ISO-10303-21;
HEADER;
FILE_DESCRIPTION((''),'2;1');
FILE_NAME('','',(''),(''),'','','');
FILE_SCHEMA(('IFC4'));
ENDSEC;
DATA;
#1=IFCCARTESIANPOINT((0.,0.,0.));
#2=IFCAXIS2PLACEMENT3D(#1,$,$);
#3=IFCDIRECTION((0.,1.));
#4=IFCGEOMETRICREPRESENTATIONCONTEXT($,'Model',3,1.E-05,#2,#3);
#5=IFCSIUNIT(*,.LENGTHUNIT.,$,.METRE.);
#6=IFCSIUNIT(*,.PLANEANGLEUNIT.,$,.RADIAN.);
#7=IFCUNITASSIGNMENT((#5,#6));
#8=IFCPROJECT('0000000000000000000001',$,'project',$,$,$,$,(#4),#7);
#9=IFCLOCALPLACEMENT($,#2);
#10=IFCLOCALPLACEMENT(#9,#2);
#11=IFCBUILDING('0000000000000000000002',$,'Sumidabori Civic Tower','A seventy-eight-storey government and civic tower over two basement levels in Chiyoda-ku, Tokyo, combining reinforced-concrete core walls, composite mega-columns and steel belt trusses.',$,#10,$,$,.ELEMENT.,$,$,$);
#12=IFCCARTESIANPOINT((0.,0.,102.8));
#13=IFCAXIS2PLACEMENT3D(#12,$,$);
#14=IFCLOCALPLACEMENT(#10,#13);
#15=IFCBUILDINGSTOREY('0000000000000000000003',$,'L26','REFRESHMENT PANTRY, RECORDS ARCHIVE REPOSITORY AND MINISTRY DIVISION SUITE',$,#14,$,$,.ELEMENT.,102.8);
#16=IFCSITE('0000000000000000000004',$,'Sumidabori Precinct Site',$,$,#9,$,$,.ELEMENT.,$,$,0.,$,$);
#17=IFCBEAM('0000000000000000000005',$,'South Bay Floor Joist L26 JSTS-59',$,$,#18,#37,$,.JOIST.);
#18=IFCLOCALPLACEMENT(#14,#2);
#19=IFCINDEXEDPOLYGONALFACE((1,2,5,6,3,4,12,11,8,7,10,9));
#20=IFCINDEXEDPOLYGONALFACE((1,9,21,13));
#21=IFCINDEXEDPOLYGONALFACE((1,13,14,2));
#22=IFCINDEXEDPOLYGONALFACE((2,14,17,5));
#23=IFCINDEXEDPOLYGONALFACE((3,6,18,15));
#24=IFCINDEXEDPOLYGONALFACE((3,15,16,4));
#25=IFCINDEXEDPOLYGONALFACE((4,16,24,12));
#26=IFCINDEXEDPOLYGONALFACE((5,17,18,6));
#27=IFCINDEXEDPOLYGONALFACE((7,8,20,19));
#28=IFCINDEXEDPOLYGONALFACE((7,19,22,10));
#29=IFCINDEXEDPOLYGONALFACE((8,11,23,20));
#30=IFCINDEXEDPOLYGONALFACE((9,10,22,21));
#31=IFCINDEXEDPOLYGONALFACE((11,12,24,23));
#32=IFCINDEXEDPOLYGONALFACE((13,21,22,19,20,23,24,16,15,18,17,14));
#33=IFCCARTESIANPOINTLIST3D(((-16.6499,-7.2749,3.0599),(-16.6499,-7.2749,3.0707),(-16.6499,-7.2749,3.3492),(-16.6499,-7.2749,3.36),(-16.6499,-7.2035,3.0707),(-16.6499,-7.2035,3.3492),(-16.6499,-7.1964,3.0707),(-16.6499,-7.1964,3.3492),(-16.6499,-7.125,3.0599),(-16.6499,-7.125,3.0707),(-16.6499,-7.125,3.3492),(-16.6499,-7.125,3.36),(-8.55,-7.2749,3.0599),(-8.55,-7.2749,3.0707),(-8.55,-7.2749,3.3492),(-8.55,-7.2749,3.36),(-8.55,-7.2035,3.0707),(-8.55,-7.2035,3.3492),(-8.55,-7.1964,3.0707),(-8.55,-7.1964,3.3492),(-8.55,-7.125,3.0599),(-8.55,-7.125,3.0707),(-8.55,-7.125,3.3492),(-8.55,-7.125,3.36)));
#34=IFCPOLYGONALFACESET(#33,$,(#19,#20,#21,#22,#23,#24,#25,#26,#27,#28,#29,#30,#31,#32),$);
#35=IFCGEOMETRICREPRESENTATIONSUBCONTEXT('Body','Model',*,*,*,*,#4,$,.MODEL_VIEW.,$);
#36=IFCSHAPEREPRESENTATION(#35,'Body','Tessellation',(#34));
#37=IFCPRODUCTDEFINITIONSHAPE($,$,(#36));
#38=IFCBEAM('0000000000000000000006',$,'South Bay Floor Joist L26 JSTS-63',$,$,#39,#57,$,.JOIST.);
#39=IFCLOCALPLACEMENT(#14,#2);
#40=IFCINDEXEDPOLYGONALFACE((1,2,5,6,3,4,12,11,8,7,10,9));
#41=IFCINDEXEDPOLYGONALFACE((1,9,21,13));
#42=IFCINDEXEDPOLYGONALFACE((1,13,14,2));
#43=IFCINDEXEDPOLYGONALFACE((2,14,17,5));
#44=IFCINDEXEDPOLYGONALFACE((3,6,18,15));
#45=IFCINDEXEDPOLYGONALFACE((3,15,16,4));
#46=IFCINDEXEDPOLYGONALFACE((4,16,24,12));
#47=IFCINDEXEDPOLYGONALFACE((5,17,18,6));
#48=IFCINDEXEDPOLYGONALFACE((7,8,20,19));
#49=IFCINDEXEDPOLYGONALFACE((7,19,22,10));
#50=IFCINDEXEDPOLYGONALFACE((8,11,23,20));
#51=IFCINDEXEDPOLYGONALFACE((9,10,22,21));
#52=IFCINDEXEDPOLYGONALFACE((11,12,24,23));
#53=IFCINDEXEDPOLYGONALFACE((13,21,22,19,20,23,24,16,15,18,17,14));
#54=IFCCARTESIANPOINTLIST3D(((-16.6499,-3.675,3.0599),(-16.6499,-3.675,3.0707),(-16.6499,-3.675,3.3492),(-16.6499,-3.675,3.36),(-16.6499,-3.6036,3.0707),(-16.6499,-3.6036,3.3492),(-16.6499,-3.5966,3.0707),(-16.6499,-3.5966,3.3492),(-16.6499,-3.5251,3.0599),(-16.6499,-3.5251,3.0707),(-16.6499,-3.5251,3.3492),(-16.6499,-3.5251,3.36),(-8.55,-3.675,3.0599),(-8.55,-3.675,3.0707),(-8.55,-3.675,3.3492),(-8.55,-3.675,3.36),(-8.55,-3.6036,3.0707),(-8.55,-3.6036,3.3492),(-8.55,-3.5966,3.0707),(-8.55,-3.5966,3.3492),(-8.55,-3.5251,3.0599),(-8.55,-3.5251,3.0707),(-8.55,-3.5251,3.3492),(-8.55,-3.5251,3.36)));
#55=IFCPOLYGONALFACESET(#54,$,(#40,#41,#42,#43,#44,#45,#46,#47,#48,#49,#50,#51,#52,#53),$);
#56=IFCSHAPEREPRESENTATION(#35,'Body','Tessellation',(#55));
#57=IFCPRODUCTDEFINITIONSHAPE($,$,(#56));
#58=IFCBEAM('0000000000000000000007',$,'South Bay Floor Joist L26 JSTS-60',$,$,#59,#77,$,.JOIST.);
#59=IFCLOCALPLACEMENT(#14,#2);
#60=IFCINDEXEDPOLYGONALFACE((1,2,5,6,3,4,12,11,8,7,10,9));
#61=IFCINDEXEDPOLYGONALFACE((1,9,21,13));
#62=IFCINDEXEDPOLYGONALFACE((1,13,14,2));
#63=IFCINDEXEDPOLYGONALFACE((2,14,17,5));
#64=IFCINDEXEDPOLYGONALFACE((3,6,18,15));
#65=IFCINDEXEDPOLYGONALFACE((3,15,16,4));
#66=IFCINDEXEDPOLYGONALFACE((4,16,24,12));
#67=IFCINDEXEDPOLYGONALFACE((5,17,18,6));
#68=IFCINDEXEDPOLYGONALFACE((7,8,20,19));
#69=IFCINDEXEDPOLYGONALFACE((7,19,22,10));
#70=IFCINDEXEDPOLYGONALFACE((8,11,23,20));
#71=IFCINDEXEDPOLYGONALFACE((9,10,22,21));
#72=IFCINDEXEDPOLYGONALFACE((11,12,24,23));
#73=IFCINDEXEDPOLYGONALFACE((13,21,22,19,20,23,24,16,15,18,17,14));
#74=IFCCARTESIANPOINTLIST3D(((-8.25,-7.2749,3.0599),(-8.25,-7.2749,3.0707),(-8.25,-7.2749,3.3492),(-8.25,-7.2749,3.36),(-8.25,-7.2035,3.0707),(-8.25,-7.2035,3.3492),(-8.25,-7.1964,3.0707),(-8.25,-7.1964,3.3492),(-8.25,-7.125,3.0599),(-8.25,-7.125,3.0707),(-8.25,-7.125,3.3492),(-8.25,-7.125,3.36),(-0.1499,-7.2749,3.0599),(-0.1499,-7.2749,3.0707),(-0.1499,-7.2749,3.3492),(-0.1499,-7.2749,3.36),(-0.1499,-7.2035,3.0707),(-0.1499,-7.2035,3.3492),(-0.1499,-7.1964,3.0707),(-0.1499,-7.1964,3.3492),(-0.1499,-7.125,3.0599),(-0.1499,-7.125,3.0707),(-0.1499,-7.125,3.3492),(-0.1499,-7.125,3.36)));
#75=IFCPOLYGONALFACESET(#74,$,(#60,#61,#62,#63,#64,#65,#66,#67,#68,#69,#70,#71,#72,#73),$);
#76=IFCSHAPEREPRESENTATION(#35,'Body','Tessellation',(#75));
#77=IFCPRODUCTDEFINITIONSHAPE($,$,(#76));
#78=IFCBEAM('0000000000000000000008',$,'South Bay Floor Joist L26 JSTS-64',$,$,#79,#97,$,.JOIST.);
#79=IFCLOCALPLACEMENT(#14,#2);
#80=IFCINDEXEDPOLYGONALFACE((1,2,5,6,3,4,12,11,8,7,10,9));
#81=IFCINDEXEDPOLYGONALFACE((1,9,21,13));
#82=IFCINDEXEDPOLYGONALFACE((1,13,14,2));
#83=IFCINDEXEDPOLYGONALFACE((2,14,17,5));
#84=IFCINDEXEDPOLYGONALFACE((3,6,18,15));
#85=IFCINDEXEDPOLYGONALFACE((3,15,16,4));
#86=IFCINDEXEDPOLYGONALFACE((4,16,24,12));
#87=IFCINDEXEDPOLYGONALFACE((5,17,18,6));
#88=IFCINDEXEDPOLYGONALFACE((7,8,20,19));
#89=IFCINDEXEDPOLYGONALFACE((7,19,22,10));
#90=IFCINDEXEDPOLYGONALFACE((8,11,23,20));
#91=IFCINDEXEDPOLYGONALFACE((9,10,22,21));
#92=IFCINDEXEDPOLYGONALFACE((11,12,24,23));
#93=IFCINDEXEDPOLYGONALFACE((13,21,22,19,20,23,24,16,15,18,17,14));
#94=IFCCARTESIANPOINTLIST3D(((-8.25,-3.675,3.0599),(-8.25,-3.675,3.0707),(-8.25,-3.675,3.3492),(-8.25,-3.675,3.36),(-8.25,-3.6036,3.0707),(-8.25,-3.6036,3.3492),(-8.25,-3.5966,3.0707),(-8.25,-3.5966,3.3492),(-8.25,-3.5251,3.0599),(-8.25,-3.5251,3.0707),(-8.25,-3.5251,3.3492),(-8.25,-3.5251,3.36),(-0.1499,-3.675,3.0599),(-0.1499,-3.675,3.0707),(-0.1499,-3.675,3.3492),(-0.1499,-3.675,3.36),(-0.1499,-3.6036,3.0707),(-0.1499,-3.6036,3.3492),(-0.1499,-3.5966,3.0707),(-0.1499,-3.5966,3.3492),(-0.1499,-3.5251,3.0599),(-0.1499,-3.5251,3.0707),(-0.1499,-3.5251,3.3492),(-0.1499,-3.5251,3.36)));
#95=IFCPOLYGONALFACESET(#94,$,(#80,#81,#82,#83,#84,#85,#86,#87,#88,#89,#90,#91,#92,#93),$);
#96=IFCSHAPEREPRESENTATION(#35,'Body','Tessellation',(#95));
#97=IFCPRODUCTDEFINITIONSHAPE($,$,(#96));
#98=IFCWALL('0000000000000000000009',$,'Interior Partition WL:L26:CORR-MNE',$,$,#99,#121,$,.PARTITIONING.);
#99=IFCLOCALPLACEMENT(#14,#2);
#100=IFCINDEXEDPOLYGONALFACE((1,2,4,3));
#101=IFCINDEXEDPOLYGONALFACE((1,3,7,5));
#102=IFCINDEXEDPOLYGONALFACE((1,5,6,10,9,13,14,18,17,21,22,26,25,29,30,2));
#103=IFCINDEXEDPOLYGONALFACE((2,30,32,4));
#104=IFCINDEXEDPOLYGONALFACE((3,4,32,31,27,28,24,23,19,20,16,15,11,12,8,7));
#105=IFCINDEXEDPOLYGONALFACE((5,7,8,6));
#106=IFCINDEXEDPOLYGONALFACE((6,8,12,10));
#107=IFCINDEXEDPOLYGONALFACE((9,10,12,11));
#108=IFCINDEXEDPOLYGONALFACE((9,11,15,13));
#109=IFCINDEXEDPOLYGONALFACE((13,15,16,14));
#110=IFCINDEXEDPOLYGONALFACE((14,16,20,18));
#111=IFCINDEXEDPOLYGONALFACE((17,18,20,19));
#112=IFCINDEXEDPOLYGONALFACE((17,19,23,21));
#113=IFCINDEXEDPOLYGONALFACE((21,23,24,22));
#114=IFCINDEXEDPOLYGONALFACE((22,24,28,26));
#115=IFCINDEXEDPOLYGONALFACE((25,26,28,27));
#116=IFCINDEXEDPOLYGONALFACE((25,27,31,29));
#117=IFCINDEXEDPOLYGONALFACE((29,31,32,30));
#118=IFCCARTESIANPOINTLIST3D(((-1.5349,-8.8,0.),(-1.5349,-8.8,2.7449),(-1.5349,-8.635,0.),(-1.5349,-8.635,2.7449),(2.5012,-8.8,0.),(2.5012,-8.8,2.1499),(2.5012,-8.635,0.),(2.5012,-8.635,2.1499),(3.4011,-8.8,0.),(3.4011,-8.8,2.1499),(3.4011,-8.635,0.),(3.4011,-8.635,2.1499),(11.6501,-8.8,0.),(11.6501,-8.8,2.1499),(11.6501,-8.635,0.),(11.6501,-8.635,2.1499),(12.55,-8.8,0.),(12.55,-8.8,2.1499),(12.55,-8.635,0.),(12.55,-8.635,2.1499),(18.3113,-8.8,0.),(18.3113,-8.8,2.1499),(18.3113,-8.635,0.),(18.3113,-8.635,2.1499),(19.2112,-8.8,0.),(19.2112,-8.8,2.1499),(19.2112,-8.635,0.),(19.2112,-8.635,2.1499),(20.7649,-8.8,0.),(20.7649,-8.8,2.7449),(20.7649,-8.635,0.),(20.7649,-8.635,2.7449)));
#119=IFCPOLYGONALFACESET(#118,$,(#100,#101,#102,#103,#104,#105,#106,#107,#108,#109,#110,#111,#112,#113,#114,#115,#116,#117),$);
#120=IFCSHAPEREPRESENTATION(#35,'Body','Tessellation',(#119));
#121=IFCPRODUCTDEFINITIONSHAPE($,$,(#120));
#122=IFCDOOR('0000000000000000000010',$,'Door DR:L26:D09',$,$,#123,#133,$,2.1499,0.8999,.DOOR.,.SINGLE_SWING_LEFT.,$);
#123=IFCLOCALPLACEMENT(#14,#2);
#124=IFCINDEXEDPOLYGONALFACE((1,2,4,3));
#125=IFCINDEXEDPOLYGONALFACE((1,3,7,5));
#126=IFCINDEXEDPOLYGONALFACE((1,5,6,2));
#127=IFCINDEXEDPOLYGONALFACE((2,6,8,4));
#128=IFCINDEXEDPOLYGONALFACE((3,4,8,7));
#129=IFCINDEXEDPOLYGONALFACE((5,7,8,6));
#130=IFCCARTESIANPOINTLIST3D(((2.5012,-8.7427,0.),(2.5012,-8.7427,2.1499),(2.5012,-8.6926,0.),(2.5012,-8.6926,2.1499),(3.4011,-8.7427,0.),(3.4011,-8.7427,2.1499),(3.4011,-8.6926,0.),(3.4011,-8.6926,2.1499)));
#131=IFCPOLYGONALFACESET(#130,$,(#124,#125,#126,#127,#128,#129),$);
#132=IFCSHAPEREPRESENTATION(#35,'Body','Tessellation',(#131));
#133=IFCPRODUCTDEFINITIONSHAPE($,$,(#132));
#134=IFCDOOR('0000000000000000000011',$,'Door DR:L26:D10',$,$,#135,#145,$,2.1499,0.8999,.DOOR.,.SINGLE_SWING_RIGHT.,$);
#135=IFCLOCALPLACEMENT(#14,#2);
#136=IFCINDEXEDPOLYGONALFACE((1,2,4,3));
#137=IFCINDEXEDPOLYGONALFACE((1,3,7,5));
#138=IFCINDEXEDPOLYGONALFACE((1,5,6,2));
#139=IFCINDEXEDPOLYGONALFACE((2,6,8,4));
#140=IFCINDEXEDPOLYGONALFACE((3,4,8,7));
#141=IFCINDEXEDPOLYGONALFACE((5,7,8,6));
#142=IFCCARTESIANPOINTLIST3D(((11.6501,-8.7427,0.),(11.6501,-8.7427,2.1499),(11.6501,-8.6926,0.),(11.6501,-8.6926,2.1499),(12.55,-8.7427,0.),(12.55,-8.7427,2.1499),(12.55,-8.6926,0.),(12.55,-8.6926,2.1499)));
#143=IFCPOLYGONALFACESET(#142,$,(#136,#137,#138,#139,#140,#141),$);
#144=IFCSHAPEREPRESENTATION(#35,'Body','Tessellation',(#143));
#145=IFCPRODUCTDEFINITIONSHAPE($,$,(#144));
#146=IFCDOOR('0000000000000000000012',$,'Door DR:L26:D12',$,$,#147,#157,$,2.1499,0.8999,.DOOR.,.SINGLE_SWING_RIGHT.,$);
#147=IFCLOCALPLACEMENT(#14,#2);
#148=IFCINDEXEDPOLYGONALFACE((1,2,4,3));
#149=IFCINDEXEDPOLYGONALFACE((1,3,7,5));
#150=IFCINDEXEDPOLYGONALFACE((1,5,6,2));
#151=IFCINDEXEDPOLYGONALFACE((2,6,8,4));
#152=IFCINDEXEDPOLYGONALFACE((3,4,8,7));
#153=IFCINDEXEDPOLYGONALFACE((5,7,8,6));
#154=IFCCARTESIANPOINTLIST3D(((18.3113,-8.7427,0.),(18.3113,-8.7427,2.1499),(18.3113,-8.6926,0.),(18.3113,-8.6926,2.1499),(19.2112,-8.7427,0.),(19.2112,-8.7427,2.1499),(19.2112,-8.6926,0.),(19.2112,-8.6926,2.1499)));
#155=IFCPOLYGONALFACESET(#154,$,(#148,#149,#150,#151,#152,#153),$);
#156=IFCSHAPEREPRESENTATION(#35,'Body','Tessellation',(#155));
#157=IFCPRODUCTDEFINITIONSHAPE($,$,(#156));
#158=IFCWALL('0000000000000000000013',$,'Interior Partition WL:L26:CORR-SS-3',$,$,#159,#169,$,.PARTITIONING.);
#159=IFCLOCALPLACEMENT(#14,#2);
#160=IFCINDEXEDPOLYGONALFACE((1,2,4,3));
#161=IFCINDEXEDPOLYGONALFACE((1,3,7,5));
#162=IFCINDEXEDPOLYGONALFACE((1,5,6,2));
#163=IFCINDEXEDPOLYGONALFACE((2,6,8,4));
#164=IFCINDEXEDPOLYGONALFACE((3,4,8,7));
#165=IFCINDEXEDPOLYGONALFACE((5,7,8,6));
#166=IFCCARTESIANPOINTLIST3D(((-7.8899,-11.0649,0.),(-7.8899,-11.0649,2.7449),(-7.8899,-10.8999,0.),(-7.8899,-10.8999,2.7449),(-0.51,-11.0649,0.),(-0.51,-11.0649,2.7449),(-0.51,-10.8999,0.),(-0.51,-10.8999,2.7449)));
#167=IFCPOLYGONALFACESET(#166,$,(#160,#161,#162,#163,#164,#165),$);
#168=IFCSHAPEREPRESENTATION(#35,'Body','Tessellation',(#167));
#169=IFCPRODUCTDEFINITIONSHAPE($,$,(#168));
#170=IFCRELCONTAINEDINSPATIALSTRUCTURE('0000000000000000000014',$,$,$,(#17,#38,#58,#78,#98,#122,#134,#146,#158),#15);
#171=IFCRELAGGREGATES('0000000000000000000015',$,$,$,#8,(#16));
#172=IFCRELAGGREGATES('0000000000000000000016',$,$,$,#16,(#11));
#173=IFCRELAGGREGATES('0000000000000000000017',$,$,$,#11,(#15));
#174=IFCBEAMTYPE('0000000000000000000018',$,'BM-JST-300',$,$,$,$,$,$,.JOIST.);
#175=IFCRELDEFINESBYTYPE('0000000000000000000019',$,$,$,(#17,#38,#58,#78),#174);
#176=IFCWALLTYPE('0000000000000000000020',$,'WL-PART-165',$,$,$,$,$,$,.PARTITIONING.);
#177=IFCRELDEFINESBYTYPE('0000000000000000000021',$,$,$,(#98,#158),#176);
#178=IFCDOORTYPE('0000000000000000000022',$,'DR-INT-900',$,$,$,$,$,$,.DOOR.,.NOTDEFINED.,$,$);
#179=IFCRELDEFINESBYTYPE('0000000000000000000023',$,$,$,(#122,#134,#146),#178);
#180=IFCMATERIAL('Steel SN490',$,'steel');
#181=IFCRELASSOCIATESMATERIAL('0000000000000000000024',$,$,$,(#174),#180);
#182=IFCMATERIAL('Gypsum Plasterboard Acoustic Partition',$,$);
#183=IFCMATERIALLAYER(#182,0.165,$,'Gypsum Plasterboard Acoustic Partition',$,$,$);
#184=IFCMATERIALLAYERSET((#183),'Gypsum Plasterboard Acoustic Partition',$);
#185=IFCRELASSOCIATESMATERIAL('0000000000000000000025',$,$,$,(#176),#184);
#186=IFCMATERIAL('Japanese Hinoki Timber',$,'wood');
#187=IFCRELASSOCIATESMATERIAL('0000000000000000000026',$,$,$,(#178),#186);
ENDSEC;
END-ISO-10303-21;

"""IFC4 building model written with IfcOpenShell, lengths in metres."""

from ifc_helpers import new_model, si_unit, direction, frame, frame_2d, origin, origin_2d, place, context, subcontext, project, spatial, rectangle, i_section, extrude, source, transform, mapped, material, layer, layer_set, material_profile, profile_set, type_object, element, fill, save


model = new_model("IFC4")

# Units and contexts
model_context = context("Model", 3, precision=1e-05, world=origin(), true_north=direction((0.0, 1.0)))
body_context = subcontext(model_context, "Body", "Model", "MODEL_VIEW")
ifc_project = project(units=[si_unit("LENGTHUNIT", "METRE"), si_unit("PLANEANGLEUNIT", "RADIAN")], contexts=[model_context])

# Site, building, storey
site_placement = place(None, origin())
site = spatial("IfcSite", under=ifc_project, at=site_placement, Name="Sumidabori Precinct Site", CompositionType="ELEMENT", RefElevation=0.0)
building_placement = place(site_placement, origin())
building = spatial("IfcBuilding", under=site, at=building_placement, Name="Sumidabori Civic Tower", Description="A seventy-eight-storey government and civic tower over two basement levels in Chiyoda-ku, Tokyo, combining reinforced-concrete core walls, composite mega-columns and steel belt trusses.", CompositionType="ELEMENT")
storey_placement = place(building_placement, frame((0.0, 0.0, 102.8)))
storey = spatial("IfcBuildingStorey", under=building, at=storey_placement, Name="L26", Description="REFRESHMENT PANTRY, RECORDS ARCHIVE REPOSITORY AND MINISTRY DIVISION SUITE", CompositionType="ELEMENT", Elevation=102.8)

# Beams
ifc_material_1 = material(Name="Steel SN490", Category="steel")
ifc_material_profile_1 = material_profile(ifc_material_1, i_section(OverallWidth=0.1499, OverallDepth=0.3, WebThickness=0.0071, FlangeThickness=0.0107, at=origin_2d()), Name="IPE 300")
ifc_profile_set_1 = profile_set([ifc_material_profile_1], Name="Steel SN490")
beam_type_1 = type_object("IfcBeamType", Name="BM-JST-300", PredefinedType="JOIST", material=ifc_profile_set_1)
shared_shape_1 = source(origin(), body_context, "Body", "SweptSolid", [
    extrude(i_section(OverallWidth=0.1499, OverallDepth=0.3, WebThickness=0.0071, FlangeThickness=0.0107, at=origin_2d()), origin(), (0.0, 0.0, 1.0), 8.0999),
])
for number, where, z_axis, x_axis, name in (
    (1, (-16.6499, -7.2, 3.21), (1.0, 0.0, 0.0), (0.0, 1.0, 0.0), "South Bay Floor Joist L26 JSTS-59"),
    (2, (-16.6499, -3.6001, 3.21), (1.0, 0.0, 0.0), (0.0, 1.0, 0.0), "South Bay Floor Joist L26 JSTS-63"),
):
    element("IfcBeam", number, at=place(storey_placement, frame(where, z_axis=z_axis, x_axis=x_axis)), inside=storey, type_object=beam_type_1, Name=name, PredefinedType="JOIST", context=body_context, shape_type="MappedRepresentation", body=[
        mapped(shared_shape_1, transform((0.0, 0.0, 0.0), x_axis=(1.0, 0.0, 0.0), y_axis=(0.0, 1.0, 0.0), z_axis=(0.0, 0.0, 1.0), scale=1.0)),
    ])
shared_shape_2 = source(origin(), body_context, "Body", "SweptSolid", [
    extrude(i_section(OverallWidth=0.1499, OverallDepth=0.3, WebThickness=0.0071, FlangeThickness=0.0107, at=origin_2d()), origin(), (0.0, 0.0, 1.0), 8.1001),
])
for number, where, z_axis, x_axis, name in (
    (3, (-8.25, -7.2, 3.21), (1.0, 0.0, 0.0), (0.0, 1.0, 0.0), "South Bay Floor Joist L26 JSTS-60"),
    (4, (-8.25, -3.6001, 3.21), (1.0, 0.0, 0.0), (0.0, 1.0, 0.0), "South Bay Floor Joist L26 JSTS-64"),
):
    element("IfcBeam", number, at=place(storey_placement, frame(where, z_axis=z_axis, x_axis=x_axis)), inside=storey, type_object=beam_type_1, Name=name, PredefinedType="JOIST", context=body_context, shape_type="MappedRepresentation", body=[
        mapped(shared_shape_2, transform((0.0, 0.0, 0.0), x_axis=(1.0, 0.0, 0.0), y_axis=(0.0, 1.0, 0.0), z_axis=(0.0, 0.0, 1.0), scale=1.0)),
    ])

# Wall, openings, doors
ifc_material_2 = material(Name="Gypsum Plasterboard Acoustic Partition")
ifc_layer = layer(ifc_material_2, 0.165, Name="Gypsum Plasterboard Acoustic Partition")
ifc_layer_set = layer_set([ifc_layer], Name="Gypsum Plasterboard Acoustic Partition")
wall_type = type_object("IfcWallType", Name="WL-PART-165", PredefinedType="PARTITIONING", material=ifc_layer_set)
shared_shape_3 = source(origin(), body_context, "Body", "SweptSolid", [
    extrude(rectangle(XDim=22.2998, YDim=0.165, at=frame_2d((11.1499, 0.0))), origin(), (0.0, 0.0, 1.0), 2.7449),
])
wall_1_placement = place(storey_placement, frame((-1.5349, -8.7175, 0.0), z_axis=(0.0, 0.0, 1.0), x_axis=(1.0, 0.0, 0.0)))
wall_1 = element("IfcWall", 5, at=wall_1_placement, inside=storey, type_object=wall_type, Name="Interior Partition WL:L26:CORR-MNE", PredefinedType="PARTITIONING", context=body_context, shape_type="MappedRepresentation", body=[
    mapped(shared_shape_3, transform((0.0, 0.0, 0.0), x_axis=(1.0, 0.0, 0.0), y_axis=(0.0, 1.0, 0.0), z_axis=(0.0, 0.0, 1.0), scale=1.0)),
])
opening_1_placement = place(wall_1_placement, frame((4.0361, 0.0, 0.0)))
opening_1 = element("IfcOpeningElement", 6, at=opening_1_placement, cuts=wall_1, PredefinedType="OPENING", context=body_context, shape_type="SweptSolid", body=[
    extrude(rectangle(XDim=0.8999, YDim=2.1499, at=frame_2d((0.45, 1.075))), frame((0.0, 0.0945, 0.0), z_axis=(0.0, -1.0, 0.0), x_axis=(1.0, 0.0, 0.0)), (0.0, 0.0, 1.0), 0.189),
])
opening_2_placement = place(wall_1_placement, frame((13.1851, 0.0, 0.0)))
opening_2 = element("IfcOpeningElement", 7, at=opening_2_placement, cuts=wall_1, PredefinedType="OPENING", context=body_context, shape_type="SweptSolid", body=[
    extrude(rectangle(XDim=0.8999, YDim=2.1499, at=frame_2d((0.45, 1.075))), frame((0.0, 0.0945, 0.0), z_axis=(0.0, -1.0, 0.0), x_axis=(1.0, 0.0, 0.0)), (0.0, 0.0, 1.0), 0.189),
])
opening_3_placement = place(wall_1_placement, frame((19.8462, 0.0, 0.0)))
opening_3 = element("IfcOpeningElement", 8, at=opening_3_placement, cuts=wall_1, PredefinedType="OPENING", context=body_context, shape_type="SweptSolid", body=[
    extrude(rectangle(XDim=0.8999, YDim=2.1499, at=frame_2d((0.45, 1.075))), frame((0.0, 0.0945, 0.0), z_axis=(0.0, -1.0, 0.0), x_axis=(1.0, 0.0, 0.0)), (0.0, 0.0, 1.0), 0.189),
])
ifc_material_3 = material(Name="Japanese Hinoki Timber", Category="wood")
door_type = type_object("IfcDoorType", Name="DR-INT-900", OperationType="NOTDEFINED", PredefinedType="DOOR", material=ifc_material_3)
shared_shape_4 = source(origin(), body_context, "Body", "SweptSolid", [
    extrude(rectangle(XDim=0.8999, YDim=2.1499, at=frame_2d((0.45, 1.075))), frame((0.0, 0.0249, 0.0), z_axis=(0.0, -1.0, 0.0), x_axis=(1.0, 0.0, 0.0)), (0.0, 0.0, 1.0), 0.05),
])
door_1_placement = place(opening_1_placement, origin())
door_1 = element("IfcDoor", 9, at=door_1_placement, inside=storey, type_object=door_type, Name="Door DR:L26:D09", OperationType="SINGLE_SWING_LEFT", OverallHeight=2.1499, OverallWidth=0.8999, PredefinedType="DOOR", context=body_context, shape_type="MappedRepresentation", body=[
    mapped(shared_shape_4, transform((0.0, 0.0, 0.0), x_axis=(1.0, 0.0, 0.0), y_axis=(0.0, 1.0, 0.0), z_axis=(0.0, 0.0, 1.0), scale=1.0)),
])
fill(opening_1, door_1)
door_2_placement = place(opening_2_placement, origin())
door_2 = element("IfcDoor", 10, at=door_2_placement, inside=storey, type_object=door_type, Name="Door DR:L26:D10", OperationType="SINGLE_SWING_RIGHT", OverallHeight=2.1499, OverallWidth=0.8999, PredefinedType="DOOR", context=body_context, shape_type="MappedRepresentation", body=[
    mapped(shared_shape_4, transform((0.0, 0.0, 0.0), x_axis=(1.0, 0.0, 0.0), y_axis=(0.0, 1.0, 0.0), z_axis=(0.0, 0.0, 1.0), scale=1.0)),
])
fill(opening_2, door_2)
door_3_placement = place(opening_3_placement, origin())
door_3 = element("IfcDoor", 11, at=door_3_placement, inside=storey, type_object=door_type, Name="Door DR:L26:D12", OperationType="SINGLE_SWING_RIGHT", OverallHeight=2.1499, OverallWidth=0.8999, PredefinedType="DOOR", context=body_context, shape_type="MappedRepresentation", body=[
    mapped(shared_shape_4, transform((0.0, 0.0, 0.0), x_axis=(1.0, 0.0, 0.0), y_axis=(0.0, 1.0, 0.0), z_axis=(0.0, 0.0, 1.0), scale=1.0)),
])
fill(opening_3, door_3)

# Wall
shared_shape_5 = source(origin(), body_context, "Body", "SweptSolid", [
    extrude(rectangle(XDim=7.3799, YDim=0.165, at=frame_2d((3.6899, 0.0))), origin(), (0.0, 0.0, 1.0), 2.7449),
])
wall_2_placement = place(storey_placement, frame((-7.8899, -10.9824, 0.0), z_axis=(0.0, 0.0, 1.0), x_axis=(1.0, 0.0, 0.0)))
element("IfcWall", 12, at=wall_2_placement, inside=storey, type_object=wall_type, Name="Interior Partition WL:L26:CORR-SS-3", PredefinedType="PARTITIONING", context=body_context, shape_type="MappedRepresentation", body=[
    mapped(shared_shape_5, transform((0.0, 0.0, 0.0), x_axis=(1.0, 0.0, 0.0), y_axis=(0.0, 1.0, 0.0), z_axis=(0.0, 0.0, 1.0), scale=1.0)),
])

save(model, "model.ifc")
